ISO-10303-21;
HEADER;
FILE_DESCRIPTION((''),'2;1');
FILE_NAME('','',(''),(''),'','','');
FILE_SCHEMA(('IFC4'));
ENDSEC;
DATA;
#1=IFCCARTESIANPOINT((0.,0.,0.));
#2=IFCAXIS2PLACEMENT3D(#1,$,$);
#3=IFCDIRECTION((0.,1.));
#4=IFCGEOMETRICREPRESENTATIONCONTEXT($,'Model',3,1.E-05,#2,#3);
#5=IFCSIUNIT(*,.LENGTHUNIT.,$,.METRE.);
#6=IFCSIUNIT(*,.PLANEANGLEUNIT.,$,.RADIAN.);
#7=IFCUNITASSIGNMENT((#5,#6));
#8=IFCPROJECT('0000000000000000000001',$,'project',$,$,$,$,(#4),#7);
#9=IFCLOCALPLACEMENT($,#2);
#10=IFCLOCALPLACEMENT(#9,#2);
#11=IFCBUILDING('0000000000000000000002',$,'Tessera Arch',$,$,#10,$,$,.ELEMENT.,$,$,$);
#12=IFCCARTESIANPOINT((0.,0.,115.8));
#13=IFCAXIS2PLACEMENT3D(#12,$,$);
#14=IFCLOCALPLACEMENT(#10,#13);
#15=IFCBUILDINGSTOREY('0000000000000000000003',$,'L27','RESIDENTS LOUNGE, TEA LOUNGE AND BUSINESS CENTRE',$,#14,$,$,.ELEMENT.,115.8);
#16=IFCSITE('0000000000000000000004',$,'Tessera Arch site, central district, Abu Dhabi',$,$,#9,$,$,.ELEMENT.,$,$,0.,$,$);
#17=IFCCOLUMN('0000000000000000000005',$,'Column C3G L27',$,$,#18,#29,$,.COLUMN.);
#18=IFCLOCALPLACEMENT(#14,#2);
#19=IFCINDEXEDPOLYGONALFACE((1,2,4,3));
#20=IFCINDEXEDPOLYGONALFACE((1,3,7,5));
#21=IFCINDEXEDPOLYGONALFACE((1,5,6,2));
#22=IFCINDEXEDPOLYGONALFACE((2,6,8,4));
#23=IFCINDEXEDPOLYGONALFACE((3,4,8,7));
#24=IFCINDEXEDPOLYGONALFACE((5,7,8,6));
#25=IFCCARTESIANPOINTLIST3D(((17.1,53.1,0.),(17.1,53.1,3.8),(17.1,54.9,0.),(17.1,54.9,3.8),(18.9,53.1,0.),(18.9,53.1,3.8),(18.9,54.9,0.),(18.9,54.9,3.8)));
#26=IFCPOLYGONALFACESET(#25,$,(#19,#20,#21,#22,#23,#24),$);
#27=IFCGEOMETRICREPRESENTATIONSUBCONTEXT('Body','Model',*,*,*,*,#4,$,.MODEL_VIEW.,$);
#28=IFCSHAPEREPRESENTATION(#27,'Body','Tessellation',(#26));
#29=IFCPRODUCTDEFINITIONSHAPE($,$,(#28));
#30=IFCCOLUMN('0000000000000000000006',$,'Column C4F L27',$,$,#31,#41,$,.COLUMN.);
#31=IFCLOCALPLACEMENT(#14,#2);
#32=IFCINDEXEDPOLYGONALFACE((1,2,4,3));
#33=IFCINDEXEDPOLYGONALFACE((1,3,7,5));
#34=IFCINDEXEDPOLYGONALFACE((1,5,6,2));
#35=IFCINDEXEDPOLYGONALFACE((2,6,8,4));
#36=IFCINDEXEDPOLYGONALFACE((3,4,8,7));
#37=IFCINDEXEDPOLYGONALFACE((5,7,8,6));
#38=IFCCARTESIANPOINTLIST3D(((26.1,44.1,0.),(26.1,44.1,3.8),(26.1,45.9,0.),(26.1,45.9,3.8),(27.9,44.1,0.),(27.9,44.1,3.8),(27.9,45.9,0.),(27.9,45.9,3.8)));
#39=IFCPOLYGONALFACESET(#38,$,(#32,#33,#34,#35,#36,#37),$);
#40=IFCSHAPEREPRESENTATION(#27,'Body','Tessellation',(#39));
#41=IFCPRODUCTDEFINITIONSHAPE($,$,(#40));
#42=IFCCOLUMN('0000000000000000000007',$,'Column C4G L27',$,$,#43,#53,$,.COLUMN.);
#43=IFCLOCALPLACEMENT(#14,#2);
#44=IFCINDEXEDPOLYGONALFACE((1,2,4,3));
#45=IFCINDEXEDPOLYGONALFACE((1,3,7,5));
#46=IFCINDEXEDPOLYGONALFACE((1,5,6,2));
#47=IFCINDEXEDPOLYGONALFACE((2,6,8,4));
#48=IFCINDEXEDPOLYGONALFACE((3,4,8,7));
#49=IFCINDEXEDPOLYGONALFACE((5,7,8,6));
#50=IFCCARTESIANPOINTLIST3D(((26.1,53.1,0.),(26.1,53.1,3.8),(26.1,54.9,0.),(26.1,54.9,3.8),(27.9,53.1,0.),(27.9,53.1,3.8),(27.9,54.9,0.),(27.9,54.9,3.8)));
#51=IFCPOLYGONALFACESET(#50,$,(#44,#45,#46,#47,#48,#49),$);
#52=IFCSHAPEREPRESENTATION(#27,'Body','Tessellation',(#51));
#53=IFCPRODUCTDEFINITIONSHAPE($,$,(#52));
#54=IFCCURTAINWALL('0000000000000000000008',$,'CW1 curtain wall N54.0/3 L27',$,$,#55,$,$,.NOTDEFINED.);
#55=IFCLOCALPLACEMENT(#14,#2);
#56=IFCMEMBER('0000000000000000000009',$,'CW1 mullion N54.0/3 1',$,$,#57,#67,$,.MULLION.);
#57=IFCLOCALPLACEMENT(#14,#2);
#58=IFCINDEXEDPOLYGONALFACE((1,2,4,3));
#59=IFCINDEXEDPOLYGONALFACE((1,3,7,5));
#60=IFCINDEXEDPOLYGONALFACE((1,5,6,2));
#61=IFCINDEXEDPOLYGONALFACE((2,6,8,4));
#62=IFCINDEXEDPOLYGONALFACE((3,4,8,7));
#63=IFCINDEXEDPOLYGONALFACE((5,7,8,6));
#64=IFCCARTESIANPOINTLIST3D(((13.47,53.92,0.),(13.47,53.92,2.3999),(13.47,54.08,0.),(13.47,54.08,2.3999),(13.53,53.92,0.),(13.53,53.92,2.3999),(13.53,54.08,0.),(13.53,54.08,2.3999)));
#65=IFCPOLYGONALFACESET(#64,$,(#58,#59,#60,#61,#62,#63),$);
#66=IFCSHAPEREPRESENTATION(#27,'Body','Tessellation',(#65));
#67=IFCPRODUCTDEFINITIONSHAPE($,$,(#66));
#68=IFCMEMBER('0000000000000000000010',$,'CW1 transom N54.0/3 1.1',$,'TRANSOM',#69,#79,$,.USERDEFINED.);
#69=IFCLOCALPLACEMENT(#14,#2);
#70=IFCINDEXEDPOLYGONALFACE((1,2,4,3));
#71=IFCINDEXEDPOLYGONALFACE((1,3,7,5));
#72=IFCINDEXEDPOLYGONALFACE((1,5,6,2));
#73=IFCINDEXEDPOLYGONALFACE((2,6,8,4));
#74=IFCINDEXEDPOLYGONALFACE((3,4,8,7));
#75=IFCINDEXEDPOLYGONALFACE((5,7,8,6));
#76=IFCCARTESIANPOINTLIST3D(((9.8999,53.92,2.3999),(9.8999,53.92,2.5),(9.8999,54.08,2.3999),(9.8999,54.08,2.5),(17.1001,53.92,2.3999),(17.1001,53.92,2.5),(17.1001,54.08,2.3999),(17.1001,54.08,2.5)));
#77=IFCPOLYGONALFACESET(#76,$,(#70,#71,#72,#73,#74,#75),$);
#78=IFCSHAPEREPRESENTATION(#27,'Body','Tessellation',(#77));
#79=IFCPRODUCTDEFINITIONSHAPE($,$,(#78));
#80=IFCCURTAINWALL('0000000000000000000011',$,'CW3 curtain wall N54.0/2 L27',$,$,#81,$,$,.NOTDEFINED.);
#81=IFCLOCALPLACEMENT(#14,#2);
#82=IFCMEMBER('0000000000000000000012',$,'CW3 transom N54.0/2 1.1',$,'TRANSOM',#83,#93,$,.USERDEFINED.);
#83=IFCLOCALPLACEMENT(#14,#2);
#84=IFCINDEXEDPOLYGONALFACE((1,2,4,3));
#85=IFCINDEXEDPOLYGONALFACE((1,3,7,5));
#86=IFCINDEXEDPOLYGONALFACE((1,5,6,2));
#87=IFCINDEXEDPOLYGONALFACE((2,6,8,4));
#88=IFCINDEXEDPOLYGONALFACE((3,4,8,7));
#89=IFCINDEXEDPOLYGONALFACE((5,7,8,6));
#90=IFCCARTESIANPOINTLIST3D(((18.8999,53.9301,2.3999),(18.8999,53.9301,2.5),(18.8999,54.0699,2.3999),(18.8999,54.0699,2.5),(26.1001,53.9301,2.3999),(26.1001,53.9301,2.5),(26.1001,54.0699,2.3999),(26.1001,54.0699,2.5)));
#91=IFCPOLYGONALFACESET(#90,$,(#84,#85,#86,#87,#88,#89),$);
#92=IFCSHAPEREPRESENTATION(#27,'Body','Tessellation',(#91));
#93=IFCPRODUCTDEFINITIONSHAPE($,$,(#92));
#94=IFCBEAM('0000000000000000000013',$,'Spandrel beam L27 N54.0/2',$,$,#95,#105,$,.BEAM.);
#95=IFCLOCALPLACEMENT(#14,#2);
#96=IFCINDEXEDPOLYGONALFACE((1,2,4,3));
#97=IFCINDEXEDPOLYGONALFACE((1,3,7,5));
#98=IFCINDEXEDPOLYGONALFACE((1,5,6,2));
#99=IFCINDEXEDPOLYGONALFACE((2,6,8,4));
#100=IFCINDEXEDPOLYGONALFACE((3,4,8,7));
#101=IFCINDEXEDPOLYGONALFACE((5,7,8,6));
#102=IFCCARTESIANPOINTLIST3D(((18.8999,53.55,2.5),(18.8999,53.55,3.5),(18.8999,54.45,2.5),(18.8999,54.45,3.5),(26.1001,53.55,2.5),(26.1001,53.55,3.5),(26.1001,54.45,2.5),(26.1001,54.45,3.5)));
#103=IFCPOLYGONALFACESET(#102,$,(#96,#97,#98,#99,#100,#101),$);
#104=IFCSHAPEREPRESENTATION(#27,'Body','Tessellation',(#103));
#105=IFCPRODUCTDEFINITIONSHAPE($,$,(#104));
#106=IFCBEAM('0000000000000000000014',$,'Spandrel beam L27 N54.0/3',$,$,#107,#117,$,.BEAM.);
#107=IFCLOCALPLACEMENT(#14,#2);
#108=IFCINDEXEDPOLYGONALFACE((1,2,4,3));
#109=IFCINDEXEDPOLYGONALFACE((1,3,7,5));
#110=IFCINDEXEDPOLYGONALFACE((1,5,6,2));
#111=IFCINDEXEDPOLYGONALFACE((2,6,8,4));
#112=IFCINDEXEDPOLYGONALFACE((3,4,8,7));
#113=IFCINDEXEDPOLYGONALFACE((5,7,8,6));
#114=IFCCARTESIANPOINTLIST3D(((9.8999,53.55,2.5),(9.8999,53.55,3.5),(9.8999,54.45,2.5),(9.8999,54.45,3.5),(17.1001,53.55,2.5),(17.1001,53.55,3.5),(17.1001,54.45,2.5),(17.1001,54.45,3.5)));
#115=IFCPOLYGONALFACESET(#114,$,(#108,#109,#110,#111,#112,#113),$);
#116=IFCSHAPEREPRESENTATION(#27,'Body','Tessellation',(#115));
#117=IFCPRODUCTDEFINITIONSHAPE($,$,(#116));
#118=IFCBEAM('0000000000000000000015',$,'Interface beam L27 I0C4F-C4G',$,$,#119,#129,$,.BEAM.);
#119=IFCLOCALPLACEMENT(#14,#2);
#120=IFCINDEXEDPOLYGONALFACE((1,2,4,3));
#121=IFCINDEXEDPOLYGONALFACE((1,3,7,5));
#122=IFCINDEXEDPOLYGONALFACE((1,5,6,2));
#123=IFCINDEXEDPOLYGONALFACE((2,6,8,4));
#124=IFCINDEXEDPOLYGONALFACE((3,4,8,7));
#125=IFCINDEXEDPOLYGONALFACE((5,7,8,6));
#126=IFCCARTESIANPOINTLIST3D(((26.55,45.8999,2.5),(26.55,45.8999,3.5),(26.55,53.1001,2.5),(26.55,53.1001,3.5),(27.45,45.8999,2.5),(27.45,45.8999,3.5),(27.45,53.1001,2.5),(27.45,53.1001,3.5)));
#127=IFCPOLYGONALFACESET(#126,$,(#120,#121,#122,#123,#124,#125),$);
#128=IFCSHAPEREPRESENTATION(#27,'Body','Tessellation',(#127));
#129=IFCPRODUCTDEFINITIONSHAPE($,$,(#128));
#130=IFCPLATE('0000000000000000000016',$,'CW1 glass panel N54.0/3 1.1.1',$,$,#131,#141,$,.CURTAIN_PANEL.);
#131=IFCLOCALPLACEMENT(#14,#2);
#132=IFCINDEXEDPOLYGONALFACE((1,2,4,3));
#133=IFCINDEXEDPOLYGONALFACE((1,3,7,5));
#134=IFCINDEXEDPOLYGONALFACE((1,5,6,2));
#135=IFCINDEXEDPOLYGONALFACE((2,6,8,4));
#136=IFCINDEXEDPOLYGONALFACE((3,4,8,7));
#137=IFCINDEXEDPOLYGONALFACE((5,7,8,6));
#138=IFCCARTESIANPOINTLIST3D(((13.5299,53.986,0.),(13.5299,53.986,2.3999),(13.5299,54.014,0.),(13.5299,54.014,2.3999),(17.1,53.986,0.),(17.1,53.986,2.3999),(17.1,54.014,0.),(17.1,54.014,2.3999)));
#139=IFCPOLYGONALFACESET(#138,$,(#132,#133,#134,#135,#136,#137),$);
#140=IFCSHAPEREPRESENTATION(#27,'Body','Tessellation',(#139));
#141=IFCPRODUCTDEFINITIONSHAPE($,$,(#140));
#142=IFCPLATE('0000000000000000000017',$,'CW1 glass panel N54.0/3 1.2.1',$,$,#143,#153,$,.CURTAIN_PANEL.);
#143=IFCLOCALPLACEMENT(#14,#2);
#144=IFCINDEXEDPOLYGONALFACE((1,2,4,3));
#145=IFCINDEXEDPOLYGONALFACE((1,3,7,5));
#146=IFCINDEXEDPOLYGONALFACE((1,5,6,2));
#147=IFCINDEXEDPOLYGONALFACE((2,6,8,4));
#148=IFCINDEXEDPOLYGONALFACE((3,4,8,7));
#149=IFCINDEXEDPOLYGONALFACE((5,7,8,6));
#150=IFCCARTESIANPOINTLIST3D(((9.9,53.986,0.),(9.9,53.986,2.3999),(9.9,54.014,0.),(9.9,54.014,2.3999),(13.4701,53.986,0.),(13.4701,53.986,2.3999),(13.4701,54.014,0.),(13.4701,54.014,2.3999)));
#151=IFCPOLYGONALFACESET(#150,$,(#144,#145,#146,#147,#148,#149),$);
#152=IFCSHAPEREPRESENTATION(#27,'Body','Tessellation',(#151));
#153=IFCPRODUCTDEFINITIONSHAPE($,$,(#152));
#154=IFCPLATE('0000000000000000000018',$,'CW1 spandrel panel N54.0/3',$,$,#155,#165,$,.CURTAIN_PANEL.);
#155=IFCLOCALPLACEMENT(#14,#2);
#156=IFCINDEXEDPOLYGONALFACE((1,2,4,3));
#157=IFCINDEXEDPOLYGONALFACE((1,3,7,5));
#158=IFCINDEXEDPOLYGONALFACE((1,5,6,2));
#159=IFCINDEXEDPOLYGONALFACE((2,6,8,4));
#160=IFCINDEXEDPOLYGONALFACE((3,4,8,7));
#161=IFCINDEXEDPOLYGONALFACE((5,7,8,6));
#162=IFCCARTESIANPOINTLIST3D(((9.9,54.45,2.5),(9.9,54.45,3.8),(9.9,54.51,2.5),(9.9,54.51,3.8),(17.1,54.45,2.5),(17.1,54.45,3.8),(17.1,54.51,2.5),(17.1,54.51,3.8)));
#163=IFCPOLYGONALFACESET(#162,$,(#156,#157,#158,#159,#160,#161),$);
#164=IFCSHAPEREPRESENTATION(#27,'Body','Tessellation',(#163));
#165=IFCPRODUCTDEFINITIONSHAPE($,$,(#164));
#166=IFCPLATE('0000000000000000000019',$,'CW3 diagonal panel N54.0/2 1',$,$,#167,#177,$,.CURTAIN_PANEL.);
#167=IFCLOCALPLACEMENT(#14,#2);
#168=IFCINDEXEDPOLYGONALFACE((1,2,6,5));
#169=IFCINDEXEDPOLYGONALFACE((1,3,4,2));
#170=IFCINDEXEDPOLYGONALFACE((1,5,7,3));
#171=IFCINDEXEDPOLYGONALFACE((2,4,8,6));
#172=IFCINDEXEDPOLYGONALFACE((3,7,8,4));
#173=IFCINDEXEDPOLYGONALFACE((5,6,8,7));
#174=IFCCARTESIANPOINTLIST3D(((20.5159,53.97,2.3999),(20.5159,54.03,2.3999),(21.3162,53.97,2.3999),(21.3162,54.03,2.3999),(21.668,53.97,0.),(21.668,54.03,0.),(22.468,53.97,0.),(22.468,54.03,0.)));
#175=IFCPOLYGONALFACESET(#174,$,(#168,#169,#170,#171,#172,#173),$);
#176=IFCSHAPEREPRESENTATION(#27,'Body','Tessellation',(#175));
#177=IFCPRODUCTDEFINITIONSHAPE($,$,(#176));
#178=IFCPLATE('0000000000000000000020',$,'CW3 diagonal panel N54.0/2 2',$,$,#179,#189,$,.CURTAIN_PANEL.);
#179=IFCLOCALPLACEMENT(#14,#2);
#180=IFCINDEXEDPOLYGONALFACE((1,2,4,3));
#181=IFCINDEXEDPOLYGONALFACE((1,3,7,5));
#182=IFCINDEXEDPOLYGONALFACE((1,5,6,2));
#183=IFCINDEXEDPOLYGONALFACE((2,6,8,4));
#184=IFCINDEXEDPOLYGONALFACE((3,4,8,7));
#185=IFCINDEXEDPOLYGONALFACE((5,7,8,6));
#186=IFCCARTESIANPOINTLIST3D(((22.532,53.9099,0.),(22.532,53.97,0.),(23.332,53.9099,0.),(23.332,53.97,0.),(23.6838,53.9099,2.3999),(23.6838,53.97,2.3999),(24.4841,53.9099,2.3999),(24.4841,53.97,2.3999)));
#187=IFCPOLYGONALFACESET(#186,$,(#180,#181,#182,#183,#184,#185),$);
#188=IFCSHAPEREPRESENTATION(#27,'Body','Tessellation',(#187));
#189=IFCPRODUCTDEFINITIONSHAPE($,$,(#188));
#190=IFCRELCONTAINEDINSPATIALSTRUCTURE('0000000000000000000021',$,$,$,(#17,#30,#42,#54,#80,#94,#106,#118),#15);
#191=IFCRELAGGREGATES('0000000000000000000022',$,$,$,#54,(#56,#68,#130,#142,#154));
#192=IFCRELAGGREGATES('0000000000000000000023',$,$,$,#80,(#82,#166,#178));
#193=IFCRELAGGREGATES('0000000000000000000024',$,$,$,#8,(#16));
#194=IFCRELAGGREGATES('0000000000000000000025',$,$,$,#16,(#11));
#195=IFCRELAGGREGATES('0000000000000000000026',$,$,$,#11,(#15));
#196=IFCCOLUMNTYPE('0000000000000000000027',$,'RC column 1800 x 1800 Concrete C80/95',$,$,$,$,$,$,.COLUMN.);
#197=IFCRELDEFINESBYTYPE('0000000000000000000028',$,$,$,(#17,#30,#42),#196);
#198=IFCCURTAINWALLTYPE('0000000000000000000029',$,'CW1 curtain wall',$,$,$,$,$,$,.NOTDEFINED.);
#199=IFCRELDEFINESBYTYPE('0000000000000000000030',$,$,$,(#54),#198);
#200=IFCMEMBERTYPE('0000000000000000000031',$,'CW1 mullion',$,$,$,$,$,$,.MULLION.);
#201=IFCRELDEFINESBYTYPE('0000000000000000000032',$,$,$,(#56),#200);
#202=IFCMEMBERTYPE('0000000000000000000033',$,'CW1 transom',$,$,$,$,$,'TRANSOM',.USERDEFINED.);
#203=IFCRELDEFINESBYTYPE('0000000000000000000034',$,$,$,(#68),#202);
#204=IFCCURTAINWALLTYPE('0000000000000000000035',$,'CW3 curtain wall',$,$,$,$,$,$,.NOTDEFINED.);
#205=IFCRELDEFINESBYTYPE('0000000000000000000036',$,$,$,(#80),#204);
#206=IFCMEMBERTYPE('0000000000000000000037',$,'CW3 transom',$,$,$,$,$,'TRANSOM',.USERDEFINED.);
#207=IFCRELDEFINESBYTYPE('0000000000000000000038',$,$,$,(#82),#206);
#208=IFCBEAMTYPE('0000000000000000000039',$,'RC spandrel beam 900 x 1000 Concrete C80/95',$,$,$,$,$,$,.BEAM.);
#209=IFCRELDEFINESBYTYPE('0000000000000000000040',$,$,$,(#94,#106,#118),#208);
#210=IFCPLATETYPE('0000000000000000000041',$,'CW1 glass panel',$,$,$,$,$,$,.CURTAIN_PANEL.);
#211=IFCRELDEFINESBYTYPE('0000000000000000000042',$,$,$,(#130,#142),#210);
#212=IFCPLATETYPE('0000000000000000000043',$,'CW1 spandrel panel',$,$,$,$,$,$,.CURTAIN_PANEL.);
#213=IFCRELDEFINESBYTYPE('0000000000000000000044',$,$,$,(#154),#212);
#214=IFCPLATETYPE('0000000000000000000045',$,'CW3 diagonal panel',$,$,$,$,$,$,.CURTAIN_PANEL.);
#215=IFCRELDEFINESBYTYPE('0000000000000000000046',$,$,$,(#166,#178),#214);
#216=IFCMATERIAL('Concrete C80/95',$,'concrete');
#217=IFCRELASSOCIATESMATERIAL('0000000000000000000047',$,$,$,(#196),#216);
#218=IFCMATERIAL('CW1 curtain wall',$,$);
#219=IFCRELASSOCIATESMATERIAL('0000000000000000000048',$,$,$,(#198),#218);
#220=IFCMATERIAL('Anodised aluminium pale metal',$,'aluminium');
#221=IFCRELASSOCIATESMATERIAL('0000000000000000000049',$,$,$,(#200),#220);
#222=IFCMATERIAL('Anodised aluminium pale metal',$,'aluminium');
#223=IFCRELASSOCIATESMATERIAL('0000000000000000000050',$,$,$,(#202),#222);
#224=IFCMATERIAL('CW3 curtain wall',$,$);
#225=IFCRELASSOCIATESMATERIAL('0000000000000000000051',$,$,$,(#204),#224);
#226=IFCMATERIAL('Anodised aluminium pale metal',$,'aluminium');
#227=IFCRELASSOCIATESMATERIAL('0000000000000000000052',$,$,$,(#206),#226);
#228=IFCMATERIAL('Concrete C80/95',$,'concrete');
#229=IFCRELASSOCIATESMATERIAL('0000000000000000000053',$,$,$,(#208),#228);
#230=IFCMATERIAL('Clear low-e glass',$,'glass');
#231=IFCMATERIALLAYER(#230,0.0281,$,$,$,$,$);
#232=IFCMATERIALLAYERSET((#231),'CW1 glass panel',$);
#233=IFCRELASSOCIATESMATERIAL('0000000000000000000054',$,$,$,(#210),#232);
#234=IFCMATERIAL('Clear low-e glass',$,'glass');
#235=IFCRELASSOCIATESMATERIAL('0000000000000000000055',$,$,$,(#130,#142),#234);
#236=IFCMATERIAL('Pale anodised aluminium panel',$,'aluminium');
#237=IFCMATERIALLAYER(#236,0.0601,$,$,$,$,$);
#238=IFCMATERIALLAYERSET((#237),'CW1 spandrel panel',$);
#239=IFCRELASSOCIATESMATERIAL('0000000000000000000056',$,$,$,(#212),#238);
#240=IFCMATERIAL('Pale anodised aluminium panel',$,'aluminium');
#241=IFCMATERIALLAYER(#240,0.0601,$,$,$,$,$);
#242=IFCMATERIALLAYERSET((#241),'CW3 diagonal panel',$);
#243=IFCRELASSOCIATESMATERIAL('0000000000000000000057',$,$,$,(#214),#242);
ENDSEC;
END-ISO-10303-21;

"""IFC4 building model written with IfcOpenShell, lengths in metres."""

from ifc_helpers import new_model, si_unit, direction, frame, origin, origin_2d, place, context, subcontext, project, spatial, polyline, rectangle, outline, extrude, material, layer, layer_set, material_profile, profile_set, type_object, element, aggregate, save


model = new_model("IFC4")

# Units and contexts
model_context = context("Model", 3, precision=1e-05, world=origin(), true_north=direction((0.0, 1.0)))
body_context = subcontext(model_context, "Body", "Model", "MODEL_VIEW")
ifc_project = project(units=[si_unit("LENGTHUNIT", "METRE"), si_unit("PLANEANGLEUNIT", "RADIAN")], contexts=[model_context])

# Site, building, storey
site_placement = place(None, origin())
site = spatial("IfcSite", under=ifc_project, at=site_placement, Name="Tessera Arch site, central district, Abu Dhabi", CompositionType="ELEMENT", RefElevation=0.0)
building_placement = place(site_placement, origin())
building = spatial("IfcBuilding", under=site, at=building_placement, Name="Tessera Arch", CompositionType="ELEMENT")
storey_placement = place(building_placement, frame((0.0, 0.0, 115.8)))
storey = spatial("IfcBuildingStorey", under=building, at=storey_placement, Name="L27", Description="RESIDENTS LOUNGE, TEA LOUNGE AND BUSINESS CENTRE", CompositionType="ELEMENT", Elevation=115.8)

# Columns
ifc_material_1 = material(Name="Concrete C80/95", Category="concrete")
ifc_material_profile_1 = material_profile(ifc_material_1, rectangle(XDim=1.8, YDim=1.8, at=origin_2d()), Name="RC column 1800 x 1800 Concrete C80/95")
ifc_profile_set_1 = profile_set([ifc_material_profile_1], Name="Concrete C80/95")
column_type = type_object("IfcColumnType", Name="RC column 1800 x 1800 Concrete C80/95", PredefinedType="COLUMN", material=ifc_profile_set_1)
for number, where, z_axis, x_axis, name in (
    (1, (18.0, 54.0, 0.0), (0.0, 0.0, 1.0), (1.0, 0.0, 0.0), "Column C3G L27"),
    (2, (27.0, 45.0, 0.0), (0.0, 0.0, 1.0), (1.0, 0.0, 0.0), "Column C4F L27"),
    (3, (27.0, 54.0, 0.0), (0.0, 0.0, 1.0), (1.0, 0.0, 0.0), "Column C4G L27"),
):
    element("IfcColumn", number, at=place(storey_placement, frame(where, z_axis=z_axis, x_axis=x_axis)), inside=storey, type_object=column_type, Name=name, PredefinedType="COLUMN", context=body_context, shape_type="SweptSolid", body=[
        extrude(rectangle(XDim=1.8, YDim=1.8, at=origin_2d()), origin(), (0.0, 0.0, 1.0), 3.8),
    ])

# Curtain wall, members
ifc_material_2 = material(Name="CW1 curtain wall")
curtain_wall_type_1 = type_object("IfcCurtainWallType", Name="CW1 curtain wall", PredefinedType="NOTDEFINED", material=ifc_material_2)
curtain_wall_1_placement = place(storey_placement, origin())
curtain_wall_1 = element("IfcCurtainWall", 4, at=curtain_wall_1_placement, inside=storey, type_object=curtain_wall_type_1, Name="CW1 curtain wall N54.0/3 L27", PredefinedType="NOTDEFINED")
ifc_material_3 = material(Name="Anodised aluminium pale metal", Category="aluminium")
ifc_material_profile_2 = material_profile(ifc_material_3, rectangle(XDim=0.1599, YDim=0.0601, at=origin_2d()), Name="AL 60x160")
ifc_profile_set_2 = profile_set([ifc_material_profile_2], Name="Anodised aluminium pale metal")
member_type_1 = type_object("IfcMemberType", Name="CW1 mullion", PredefinedType="MULLION", material=ifc_profile_set_2)
member_1_placement = place(storey_placement, frame((13.5, 54.0, 0.0), z_axis=(0.0, 0.0, 1.0), x_axis=(0.0, -1.0, 0.0)))
member_1 = element("IfcMember", 5, at=member_1_placement, type_object=member_type_1, Name="CW1 mullion N54.0/3 1", PredefinedType="MULLION", context=body_context, shape_type="SweptSolid", body=[
    extrude(rectangle(XDim=0.1599, YDim=0.0601, at=origin_2d()), origin(), (0.0, 0.0, 1.0), 2.3999),
])
ifc_material_4 = material(Name="Anodised aluminium pale metal", Category="aluminium")
ifc_material_profile_3 = material_profile(ifc_material_4, rectangle(XDim=0.1599, YDim=0.1001, at=origin_2d()), Name="AL 160x100")
ifc_profile_set_3 = profile_set([ifc_material_profile_3], Name="Anodised aluminium pale metal")
member_type_2 = type_object("IfcMemberType", Name="CW1 transom", ElementType="TRANSOM", PredefinedType="USERDEFINED", material=ifc_profile_set_3)
member_2_placement = place(storey_placement, frame((17.1001, 54.0, 2.45), z_axis=(-1.0, 0.0, 0.0), x_axis=(0.0, -1.0, 0.0)))
member_2 = element("IfcMember", 6, at=member_2_placement, type_object=member_type_2, Name="CW1 transom N54.0/3 1.1", ObjectType="TRANSOM", PredefinedType="USERDEFINED", context=body_context, shape_type="SweptSolid", body=[
    extrude(rectangle(XDim=0.1599, YDim=0.1001, at=origin_2d()), origin(), (0.0, 0.0, 1.0), 7.2002),
])

# Curtain wall, member
ifc_material_5 = material(Name="CW3 curtain wall")
curtain_wall_type_2 = type_object("IfcCurtainWallType", Name="CW3 curtain wall", PredefinedType="NOTDEFINED", material=ifc_material_5)
curtain_wall_2_placement = place(storey_placement, origin())
curtain_wall_2 = element("IfcCurtainWall", 7, at=curtain_wall_2_placement, inside=storey, type_object=curtain_wall_type_2, Name="CW3 curtain wall N54.0/2 L27", PredefinedType="NOTDEFINED")
ifc_material_6 = material(Name="Anodised aluminium pale metal", Category="aluminium")
ifc_material_profile_4 = material_profile(ifc_material_6, rectangle(XDim=0.1399, YDim=0.1001, at=origin_2d()), Name="AL 140x100")
ifc_profile_set_4 = profile_set([ifc_material_profile_4], Name="Anodised aluminium pale metal")
member_type_3 = type_object("IfcMemberType", Name="CW3 transom", ElementType="TRANSOM", PredefinedType="USERDEFINED", material=ifc_profile_set_4)
member_3_placement = place(storey_placement, frame((26.1001, 54.0, 2.45), z_axis=(-1.0, 0.0, 0.0), x_axis=(0.0, -1.0, 0.0)))
member_3 = element("IfcMember", 8, at=member_3_placement, type_object=member_type_3, Name="CW3 transom N54.0/2 1.1", ObjectType="TRANSOM", PredefinedType="USERDEFINED", context=body_context, shape_type="SweptSolid", body=[
    extrude(rectangle(XDim=0.1399, YDim=0.1001, at=origin_2d()), origin(), (0.0, 0.0, 1.0), 7.2002),
])

# Beams
ifc_material_7 = material(Name="Concrete C80/95", Category="concrete")
ifc_material_profile_5 = material_profile(ifc_material_7, rectangle(XDim=0.8999, YDim=1.0, at=origin_2d()), Name="RC spandrel beam 900 x 1000 Concrete C80/95")
ifc_profile_set_5 = profile_set([ifc_material_profile_5], Name="Concrete C80/95")
beam_type = type_object("IfcBeamType", Name="RC spandrel beam 900 x 1000 Concrete C80/95", PredefinedType="BEAM", material=ifc_profile_set_5)
for number, where, z_axis, x_axis, name in (
    (9, (26.1001, 54.0, 3.0), (-1.0, 0.0, 0.0), (0.0, -1.0, 0.0), "Spandrel beam L27 N54.0/2"),
    (10, (17.1001, 54.0, 3.0), (-1.0, 0.0, 0.0), (0.0, -1.0, 0.0), "Spandrel beam L27 N54.0/3"),
    (11, (27.0, 45.8999, 3.0), (0.0, 1.0, 0.0), (-1.0, 0.0, 0.0), "Interface beam L27 I0C4F-C4G"),
):
    element("IfcBeam", number, at=place(storey_placement, frame(where, z_axis=z_axis, x_axis=x_axis)), inside=storey, type_object=beam_type, Name=name, PredefinedType="BEAM", context=body_context, shape_type="SweptSolid", body=[
        extrude(rectangle(XDim=0.8999, YDim=1.0, at=origin_2d()), origin(), (0.0, 0.0, 1.0), 7.2002),
    ])

# Plates
ifc_material_8 = material(Name="Clear low-e glass", Category="glass")
ifc_material_9 = material(Name="Clear low-e glass", Category="glass")
ifc_layer_1 = layer(ifc_material_9, 0.0281)
ifc_layer_set_1 = layer_set([ifc_layer_1], Name="CW1 glass panel")
plate_type_1 = type_object("IfcPlateType", Name="CW1 glass panel", PredefinedType="CURTAIN_PANEL", material=ifc_layer_set_1)
plate_1_placement = place(storey_placement, frame((15.3149, 54.0, 0.0), z_axis=(0.0, 0.0, 1.0), x_axis=(-1.0, 0.0, 0.0)))
plate_1 = element("IfcPlate", 12, at=plate_1_placement, type_object=plate_type_1, material=ifc_material_8, Name="CW1 glass panel N54.0/3 1.1.1", PredefinedType="CURTAIN_PANEL", context=body_context, shape_type="SweptSolid", body=[
    extrude(rectangle(XDim=3.5701, YDim=0.0281, at=origin_2d()), origin(), (0.0, 0.0, 1.0), 2.3999),
])
plate_2_placement = place(storey_placement, frame((11.6851, 54.0, 0.0), z_axis=(0.0, 0.0, 1.0), x_axis=(-1.0, 0.0, 0.0)))
plate_2 = element("IfcPlate", 13, at=plate_2_placement, type_object=plate_type_1, material=ifc_material_8, Name="CW1 glass panel N54.0/3 1.2.1", PredefinedType="CURTAIN_PANEL", context=body_context, shape_type="SweptSolid", body=[
    extrude(rectangle(XDim=3.5701, YDim=0.0281, at=origin_2d()), origin(), (0.0, 0.0, 1.0), 2.3999),
])
ifc_material_10 = material(Name="Pale anodised aluminium panel", Category="aluminium")
ifc_layer_2 = layer(ifc_material_10, 0.0601)
ifc_layer_set_2 = layer_set([ifc_layer_2], Name="CW1 spandrel panel")
plate_type_2 = type_object("IfcPlateType", Name="CW1 spandrel panel", PredefinedType="CURTAIN_PANEL", material=ifc_layer_set_2)
plate_3_placement = place(storey_placement, frame((13.5, 54.48, 2.5), z_axis=(0.0, 0.0, 1.0), x_axis=(-1.0, 0.0, 0.0)))
plate_3 = element("IfcPlate", 14, at=plate_3_placement, type_object=plate_type_2, Name="CW1 spandrel panel N54.0/3", PredefinedType="CURTAIN_PANEL", context=body_context, shape_type="SweptSolid", body=[
    extrude(rectangle(XDim=7.2, YDim=0.0601, at=origin_2d()), origin(), (0.0, 0.0, 1.0), 1.3),
])
aggregate(curtain_wall_1, [member_1, member_2, plate_1, plate_2, plate_3])
ifc_material_11 = material(Name="Pale anodised aluminium panel", Category="aluminium")
ifc_layer_3 = layer(ifc_material_11, 0.0601)
ifc_layer_set_3 = layer_set([ifc_layer_3], Name="CW3 diagonal panel")
plate_type_3 = type_object("IfcPlateType", Name="CW3 diagonal panel", PredefinedType="CURTAIN_PANEL", material=ifc_layer_set_3)
plate_4_placement = place(storey_placement, frame((20.5159, 54.03, 2.3999), z_axis=(0.0, 1.0, 0.0), x_axis=(1.0, 0.0, 0.0)))
plate_4 = element("IfcPlate", 15, at=plate_4_placement, type_object=plate_type_3, Name="CW3 diagonal panel N54.0/2 1", PredefinedType="CURTAIN_PANEL", context=body_context, shape_type="SweptSolid", body=[
    extrude(outline(polyline([(0.0, 0.0), (0.8003, 0.0), (1.9521, 2.3999), (1.1521, 2.3999), (0.0, 0.0)])), origin(), (0.0, 0.0, -1.0), 0.0601),
])
plate_5_placement = place(storey_placement, frame((23.6838, 53.97, 2.3999), z_axis=(0.0, 1.0, 0.0), x_axis=(1.0, 0.0, 0.0)))
plate_5 = element("IfcPlate", 16, at=plate_5_placement, type_object=plate_type_3, Name="CW3 diagonal panel N54.0/2 2", PredefinedType="CURTAIN_PANEL", context=body_context, shape_type="SweptSolid", body=[
    extrude(outline(polyline([(0.0, 0.0), (0.8003, 0.0), (-0.3518, 2.3999), (-1.1519, 2.3999), (0.0, 0.0)])), origin(), (0.0, 0.0, -1.0), 0.0601),
])
aggregate(curtain_wall_2, [member_3, plate_4, plate_5])

save(model, "model.ifc")
